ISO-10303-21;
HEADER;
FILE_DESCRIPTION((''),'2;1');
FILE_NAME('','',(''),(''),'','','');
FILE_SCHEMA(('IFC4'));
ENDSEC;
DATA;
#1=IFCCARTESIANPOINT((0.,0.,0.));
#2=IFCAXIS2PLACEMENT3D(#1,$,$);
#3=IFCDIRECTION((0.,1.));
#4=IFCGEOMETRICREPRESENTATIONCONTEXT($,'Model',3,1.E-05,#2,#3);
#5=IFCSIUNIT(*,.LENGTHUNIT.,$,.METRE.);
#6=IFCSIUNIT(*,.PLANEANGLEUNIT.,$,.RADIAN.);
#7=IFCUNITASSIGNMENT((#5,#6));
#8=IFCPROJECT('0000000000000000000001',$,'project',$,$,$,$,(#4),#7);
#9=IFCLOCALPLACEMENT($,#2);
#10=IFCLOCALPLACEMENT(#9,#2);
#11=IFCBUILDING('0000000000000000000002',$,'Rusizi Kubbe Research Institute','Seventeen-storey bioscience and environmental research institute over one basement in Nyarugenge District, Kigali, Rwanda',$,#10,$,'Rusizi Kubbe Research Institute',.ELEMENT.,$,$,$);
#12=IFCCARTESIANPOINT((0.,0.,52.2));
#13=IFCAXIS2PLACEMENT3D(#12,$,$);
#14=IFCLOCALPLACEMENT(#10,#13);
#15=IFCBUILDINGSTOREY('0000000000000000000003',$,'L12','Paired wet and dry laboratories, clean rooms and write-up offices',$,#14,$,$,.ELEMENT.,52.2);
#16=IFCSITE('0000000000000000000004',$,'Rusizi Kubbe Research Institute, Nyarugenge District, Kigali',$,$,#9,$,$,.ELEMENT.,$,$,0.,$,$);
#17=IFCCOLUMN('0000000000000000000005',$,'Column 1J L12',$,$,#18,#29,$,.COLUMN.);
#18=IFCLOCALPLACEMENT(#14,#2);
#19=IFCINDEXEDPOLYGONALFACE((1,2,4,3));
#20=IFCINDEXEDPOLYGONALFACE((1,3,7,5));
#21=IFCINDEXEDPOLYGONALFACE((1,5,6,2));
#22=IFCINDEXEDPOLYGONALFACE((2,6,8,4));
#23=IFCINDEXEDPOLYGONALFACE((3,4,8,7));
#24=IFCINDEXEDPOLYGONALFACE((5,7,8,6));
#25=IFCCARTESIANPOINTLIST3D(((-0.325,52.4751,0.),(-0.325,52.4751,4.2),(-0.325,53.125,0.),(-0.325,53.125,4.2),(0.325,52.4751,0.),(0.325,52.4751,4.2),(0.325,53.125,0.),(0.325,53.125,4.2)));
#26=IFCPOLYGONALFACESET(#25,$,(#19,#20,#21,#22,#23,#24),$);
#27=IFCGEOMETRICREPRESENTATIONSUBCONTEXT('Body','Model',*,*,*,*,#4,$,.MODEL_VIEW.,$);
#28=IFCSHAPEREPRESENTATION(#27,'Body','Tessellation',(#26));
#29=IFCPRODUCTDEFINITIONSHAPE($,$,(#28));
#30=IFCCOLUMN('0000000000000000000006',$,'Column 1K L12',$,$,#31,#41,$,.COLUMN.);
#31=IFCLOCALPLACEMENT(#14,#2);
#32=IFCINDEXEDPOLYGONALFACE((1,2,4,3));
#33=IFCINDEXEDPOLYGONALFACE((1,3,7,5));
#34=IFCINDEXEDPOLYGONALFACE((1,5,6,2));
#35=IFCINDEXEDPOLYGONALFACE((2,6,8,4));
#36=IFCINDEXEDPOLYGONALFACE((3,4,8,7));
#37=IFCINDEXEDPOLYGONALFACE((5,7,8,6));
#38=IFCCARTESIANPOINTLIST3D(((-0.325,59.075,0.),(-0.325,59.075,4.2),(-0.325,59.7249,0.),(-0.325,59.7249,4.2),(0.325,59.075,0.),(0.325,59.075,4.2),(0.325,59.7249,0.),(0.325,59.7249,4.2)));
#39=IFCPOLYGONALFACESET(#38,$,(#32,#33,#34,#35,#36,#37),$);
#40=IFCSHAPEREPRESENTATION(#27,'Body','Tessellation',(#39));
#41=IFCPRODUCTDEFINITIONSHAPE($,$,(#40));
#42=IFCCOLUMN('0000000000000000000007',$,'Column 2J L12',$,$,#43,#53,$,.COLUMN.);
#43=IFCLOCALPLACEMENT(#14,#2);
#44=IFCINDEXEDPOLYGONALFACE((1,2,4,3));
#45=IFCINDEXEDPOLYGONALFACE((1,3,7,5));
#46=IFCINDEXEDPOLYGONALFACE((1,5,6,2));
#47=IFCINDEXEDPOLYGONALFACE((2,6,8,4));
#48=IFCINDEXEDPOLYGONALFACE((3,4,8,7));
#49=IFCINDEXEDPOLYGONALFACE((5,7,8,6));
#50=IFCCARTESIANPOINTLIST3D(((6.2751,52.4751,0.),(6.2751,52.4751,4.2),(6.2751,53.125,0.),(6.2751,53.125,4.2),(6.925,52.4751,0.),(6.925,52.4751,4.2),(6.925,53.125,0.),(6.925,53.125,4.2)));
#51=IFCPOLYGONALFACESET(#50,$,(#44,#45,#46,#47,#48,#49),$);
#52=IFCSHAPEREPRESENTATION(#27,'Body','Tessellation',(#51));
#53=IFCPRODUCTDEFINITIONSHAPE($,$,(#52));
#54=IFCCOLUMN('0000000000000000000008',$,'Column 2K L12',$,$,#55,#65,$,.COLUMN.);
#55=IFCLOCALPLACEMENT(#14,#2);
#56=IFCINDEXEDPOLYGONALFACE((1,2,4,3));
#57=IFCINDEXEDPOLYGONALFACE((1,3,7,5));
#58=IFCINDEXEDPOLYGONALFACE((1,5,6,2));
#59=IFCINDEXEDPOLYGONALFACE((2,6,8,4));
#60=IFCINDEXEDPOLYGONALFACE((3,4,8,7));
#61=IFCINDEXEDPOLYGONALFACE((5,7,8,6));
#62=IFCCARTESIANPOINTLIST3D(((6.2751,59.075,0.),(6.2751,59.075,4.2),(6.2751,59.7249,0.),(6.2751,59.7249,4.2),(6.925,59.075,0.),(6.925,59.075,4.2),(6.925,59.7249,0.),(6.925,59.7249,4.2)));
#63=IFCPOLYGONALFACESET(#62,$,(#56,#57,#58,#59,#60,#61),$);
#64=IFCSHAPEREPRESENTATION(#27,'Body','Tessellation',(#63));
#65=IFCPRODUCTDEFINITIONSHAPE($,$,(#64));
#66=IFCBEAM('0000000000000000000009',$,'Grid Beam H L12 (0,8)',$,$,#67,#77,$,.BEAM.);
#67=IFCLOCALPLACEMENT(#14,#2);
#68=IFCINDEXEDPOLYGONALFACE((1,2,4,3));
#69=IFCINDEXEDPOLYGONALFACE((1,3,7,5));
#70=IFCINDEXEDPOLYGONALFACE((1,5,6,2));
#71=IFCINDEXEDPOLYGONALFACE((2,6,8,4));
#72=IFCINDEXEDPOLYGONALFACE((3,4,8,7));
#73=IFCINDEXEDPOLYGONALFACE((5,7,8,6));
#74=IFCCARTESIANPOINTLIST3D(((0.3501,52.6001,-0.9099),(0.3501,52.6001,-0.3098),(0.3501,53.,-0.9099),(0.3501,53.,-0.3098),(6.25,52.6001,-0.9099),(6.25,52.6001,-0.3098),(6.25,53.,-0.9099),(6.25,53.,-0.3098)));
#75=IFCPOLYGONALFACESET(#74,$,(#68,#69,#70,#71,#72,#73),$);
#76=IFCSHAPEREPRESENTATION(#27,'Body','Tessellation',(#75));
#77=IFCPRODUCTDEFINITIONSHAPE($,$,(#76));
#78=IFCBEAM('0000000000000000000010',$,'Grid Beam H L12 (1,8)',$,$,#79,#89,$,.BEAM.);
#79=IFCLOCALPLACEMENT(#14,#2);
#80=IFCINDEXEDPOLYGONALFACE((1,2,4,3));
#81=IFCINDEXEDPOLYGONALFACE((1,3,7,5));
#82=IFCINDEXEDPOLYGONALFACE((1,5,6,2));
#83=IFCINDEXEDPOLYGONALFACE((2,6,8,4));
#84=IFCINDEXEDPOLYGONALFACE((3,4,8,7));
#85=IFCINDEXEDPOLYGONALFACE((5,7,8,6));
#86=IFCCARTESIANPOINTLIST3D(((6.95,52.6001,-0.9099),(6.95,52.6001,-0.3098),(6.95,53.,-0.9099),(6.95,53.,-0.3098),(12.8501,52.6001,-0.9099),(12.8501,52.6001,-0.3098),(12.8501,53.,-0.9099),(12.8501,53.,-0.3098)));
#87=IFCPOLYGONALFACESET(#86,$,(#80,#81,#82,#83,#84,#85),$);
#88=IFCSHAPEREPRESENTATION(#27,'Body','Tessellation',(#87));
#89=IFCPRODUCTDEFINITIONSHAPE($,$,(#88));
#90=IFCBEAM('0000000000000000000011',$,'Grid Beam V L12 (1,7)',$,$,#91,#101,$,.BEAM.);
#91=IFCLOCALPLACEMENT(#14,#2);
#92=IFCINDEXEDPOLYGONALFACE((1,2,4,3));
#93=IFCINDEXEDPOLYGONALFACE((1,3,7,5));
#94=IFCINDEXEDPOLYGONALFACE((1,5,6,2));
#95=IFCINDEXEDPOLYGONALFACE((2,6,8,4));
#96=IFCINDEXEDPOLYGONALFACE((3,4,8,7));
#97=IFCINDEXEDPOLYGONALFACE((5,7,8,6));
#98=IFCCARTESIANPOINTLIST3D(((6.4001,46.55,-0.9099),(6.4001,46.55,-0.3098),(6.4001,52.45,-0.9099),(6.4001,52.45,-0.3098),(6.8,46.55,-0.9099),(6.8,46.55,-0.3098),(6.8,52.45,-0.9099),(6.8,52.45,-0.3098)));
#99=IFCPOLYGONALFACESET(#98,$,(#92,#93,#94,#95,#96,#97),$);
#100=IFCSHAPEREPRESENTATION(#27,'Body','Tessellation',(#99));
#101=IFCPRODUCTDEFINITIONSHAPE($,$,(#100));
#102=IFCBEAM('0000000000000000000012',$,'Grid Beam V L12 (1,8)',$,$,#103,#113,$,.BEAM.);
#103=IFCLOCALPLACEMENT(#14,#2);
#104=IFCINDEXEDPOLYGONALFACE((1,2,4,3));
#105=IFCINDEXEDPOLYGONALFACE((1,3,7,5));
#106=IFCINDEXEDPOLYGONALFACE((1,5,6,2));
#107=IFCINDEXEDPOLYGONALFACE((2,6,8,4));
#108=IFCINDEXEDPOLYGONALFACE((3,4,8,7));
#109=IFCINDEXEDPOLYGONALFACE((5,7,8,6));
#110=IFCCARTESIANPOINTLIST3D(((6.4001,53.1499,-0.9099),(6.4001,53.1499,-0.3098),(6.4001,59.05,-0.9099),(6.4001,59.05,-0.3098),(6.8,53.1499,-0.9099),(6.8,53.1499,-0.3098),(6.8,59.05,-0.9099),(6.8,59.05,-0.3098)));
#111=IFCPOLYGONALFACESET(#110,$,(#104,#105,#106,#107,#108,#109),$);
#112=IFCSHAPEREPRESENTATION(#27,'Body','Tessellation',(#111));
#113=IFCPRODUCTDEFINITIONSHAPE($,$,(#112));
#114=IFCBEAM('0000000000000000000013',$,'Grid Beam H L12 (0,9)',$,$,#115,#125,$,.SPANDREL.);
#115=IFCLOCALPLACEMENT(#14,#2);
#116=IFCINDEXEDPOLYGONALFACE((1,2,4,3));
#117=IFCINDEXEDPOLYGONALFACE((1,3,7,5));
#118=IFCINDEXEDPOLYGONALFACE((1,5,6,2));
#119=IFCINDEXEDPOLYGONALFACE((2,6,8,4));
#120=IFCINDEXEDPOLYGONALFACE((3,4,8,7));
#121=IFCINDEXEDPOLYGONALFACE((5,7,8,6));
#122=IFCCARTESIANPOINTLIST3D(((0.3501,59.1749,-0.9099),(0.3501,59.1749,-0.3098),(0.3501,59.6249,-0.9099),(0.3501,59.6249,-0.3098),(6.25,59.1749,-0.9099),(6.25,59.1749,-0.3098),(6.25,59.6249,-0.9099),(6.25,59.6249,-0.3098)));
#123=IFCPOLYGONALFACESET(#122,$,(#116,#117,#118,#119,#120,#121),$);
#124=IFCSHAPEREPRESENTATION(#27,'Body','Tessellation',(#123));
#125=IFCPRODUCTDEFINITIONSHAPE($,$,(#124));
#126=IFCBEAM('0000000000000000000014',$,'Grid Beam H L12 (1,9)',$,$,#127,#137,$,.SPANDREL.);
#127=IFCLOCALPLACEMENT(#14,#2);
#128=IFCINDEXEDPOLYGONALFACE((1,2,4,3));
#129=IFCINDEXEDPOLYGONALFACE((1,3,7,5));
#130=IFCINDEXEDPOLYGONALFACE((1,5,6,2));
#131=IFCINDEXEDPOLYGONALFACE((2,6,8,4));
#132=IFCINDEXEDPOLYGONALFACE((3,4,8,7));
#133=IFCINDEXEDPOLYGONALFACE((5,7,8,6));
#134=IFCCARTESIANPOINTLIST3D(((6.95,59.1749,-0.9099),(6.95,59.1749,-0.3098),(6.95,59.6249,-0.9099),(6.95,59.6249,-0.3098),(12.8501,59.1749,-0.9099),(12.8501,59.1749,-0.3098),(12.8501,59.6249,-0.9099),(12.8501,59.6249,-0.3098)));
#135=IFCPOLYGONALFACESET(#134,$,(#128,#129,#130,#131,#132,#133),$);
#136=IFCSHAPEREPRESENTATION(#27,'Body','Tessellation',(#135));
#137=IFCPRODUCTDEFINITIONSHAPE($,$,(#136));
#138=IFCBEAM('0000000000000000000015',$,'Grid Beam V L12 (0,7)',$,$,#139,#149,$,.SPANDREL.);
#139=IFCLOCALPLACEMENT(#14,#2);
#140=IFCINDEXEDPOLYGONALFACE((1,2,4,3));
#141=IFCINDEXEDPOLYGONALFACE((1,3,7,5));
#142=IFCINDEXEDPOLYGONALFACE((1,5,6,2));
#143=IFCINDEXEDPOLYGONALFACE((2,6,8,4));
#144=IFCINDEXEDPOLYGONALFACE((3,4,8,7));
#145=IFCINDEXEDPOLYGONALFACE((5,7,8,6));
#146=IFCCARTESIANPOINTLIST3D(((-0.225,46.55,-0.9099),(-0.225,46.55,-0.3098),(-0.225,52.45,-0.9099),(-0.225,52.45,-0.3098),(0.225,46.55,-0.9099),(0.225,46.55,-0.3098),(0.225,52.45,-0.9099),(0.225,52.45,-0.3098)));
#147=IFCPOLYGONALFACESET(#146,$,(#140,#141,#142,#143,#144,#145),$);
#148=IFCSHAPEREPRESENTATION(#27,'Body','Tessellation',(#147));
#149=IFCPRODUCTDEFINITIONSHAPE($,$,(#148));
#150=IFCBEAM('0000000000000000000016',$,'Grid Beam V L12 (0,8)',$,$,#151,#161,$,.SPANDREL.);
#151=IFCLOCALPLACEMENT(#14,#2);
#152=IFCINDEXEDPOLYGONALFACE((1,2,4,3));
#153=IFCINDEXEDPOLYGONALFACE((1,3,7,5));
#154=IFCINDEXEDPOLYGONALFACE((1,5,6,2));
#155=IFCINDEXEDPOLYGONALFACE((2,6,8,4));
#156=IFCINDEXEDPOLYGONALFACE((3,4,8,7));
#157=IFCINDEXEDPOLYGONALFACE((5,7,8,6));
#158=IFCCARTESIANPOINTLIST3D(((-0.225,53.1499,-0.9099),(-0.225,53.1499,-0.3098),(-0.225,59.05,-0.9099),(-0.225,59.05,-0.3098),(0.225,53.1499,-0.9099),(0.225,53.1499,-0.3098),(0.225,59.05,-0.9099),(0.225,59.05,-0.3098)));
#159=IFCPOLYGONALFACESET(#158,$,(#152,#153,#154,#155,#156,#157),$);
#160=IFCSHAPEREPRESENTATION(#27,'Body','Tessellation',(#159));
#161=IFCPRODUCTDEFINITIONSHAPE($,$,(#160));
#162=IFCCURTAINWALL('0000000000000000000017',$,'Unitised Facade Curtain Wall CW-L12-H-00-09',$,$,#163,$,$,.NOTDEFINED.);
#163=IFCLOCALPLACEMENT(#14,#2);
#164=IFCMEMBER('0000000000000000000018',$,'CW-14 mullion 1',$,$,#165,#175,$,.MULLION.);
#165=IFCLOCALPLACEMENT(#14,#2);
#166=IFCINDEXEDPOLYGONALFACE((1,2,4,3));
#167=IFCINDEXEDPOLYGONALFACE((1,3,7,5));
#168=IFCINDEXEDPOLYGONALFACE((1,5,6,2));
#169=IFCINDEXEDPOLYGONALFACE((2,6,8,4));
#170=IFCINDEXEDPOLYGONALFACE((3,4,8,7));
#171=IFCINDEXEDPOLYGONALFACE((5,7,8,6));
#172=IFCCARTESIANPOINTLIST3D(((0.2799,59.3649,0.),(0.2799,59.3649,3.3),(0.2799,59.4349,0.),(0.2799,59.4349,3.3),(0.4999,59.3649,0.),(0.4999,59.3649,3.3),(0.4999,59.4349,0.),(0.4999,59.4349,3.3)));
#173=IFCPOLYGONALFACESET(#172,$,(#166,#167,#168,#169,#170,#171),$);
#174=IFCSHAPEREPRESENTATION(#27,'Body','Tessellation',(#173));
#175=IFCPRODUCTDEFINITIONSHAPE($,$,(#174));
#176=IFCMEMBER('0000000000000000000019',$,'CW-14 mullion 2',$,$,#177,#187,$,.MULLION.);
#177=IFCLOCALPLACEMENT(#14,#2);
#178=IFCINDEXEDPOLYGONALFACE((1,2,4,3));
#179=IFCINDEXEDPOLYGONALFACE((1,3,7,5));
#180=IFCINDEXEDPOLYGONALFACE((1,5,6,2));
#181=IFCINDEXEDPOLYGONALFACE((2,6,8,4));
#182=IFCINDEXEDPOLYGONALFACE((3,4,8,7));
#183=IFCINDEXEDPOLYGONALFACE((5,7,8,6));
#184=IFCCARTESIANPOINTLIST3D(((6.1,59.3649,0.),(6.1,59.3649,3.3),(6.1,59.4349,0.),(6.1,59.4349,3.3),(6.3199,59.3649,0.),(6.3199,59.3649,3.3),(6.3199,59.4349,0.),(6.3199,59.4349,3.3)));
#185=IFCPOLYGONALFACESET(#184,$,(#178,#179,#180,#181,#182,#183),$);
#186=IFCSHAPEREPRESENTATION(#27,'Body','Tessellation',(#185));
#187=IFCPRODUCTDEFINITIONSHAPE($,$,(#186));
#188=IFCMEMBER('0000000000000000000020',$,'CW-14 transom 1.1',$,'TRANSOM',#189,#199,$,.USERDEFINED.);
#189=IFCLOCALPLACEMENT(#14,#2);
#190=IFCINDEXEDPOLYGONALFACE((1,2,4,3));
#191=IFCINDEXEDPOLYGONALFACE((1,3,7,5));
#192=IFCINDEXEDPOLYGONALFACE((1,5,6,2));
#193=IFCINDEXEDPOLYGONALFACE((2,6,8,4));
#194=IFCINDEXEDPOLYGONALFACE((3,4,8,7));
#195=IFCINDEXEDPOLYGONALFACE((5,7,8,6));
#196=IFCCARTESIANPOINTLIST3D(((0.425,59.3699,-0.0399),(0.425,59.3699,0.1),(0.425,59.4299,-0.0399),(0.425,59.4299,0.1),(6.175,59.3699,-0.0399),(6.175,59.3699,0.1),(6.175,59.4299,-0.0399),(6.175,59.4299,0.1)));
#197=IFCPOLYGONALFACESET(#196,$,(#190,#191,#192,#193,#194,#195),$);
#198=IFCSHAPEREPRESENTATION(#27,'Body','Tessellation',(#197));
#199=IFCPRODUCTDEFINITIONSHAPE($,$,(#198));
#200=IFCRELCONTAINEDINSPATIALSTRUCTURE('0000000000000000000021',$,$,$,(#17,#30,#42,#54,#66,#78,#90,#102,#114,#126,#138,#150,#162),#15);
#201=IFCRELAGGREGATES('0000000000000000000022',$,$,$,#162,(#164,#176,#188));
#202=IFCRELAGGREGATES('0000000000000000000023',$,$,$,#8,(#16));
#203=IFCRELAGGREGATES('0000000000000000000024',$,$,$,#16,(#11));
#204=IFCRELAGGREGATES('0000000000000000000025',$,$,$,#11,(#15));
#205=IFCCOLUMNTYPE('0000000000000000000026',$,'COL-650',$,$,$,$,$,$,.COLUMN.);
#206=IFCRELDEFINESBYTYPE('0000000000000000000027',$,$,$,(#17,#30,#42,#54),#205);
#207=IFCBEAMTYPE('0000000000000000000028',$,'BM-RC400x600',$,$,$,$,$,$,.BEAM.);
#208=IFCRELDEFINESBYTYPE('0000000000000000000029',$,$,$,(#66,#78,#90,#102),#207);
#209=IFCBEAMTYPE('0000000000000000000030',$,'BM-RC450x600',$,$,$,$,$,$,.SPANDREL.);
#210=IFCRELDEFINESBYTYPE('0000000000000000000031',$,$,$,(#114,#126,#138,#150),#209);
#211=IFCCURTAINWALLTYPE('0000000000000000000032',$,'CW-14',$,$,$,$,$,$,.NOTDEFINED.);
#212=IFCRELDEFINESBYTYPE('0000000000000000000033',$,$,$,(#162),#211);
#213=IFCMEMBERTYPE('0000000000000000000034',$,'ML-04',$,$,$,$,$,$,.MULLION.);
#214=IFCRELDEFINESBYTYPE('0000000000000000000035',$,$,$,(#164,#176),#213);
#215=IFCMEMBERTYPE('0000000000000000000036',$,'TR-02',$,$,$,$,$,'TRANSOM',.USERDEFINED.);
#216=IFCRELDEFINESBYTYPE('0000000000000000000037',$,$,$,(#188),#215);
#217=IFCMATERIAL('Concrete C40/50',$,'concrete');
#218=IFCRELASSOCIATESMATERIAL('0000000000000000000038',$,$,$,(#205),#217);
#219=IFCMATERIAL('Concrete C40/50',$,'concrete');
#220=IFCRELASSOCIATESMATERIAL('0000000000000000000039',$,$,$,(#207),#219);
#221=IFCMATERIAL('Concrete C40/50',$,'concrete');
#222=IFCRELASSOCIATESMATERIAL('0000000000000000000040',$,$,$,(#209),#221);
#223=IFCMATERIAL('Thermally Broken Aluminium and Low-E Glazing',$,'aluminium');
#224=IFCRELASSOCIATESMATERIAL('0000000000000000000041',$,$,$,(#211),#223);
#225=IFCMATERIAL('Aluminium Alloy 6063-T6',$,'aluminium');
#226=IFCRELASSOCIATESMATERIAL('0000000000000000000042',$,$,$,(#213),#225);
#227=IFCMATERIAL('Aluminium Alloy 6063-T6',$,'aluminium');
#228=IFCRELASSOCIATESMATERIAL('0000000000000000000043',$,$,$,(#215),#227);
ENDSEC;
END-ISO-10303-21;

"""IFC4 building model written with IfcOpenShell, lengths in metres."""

from ifc_helpers import new_model, si_unit, direction, frame, origin, origin_2d, place, context, subcontext, project, spatial, rectangle, extrude, material, material_profile, profile_set, type_object, element, aggregate, save


model = new_model("IFC4")

# Units and contexts
model_context = context("Model", 3, precision=1e-05, world=origin(), true_north=direction((0.0, 1.0)))
body_context = subcontext(model_context, "Body", "Model", "MODEL_VIEW")
ifc_project = project(units=[si_unit("LENGTHUNIT", "METRE"), si_unit("PLANEANGLEUNIT", "RADIAN")], contexts=[model_context])

# Site, building, storey
site_placement = place(None, origin())
site = spatial("IfcSite", under=ifc_project, at=site_placement, Name="Rusizi Kubbe Research Institute, Nyarugenge District, Kigali", CompositionType="ELEMENT", RefElevation=0.0)
building_placement = place(site_placement, origin())
building = spatial("IfcBuilding", under=site, at=building_placement, Name="Rusizi Kubbe Research Institute", Description="Seventeen-storey bioscience and environmental research institute over one basement in Nyarugenge District, Kigali, Rwanda", LongName="Rusizi Kubbe Research Institute", CompositionType="ELEMENT")
storey_placement = place(building_placement, frame((0.0, 0.0, 52.2)))
storey = spatial("IfcBuildingStorey", under=building, at=storey_placement, Name="L12", Description="Paired wet and dry laboratories, clean rooms and write-up offices", CompositionType="ELEMENT", Elevation=52.2)

# Columns
ifc_material_1 = material(Name="Concrete C40/50", Category="concrete")
ifc_material_profile_1 = material_profile(ifc_material_1, rectangle(XDim=0.6499, YDim=0.6499, at=origin_2d()), Name="RC650x650")
ifc_profile_set_1 = profile_set([ifc_material_profile_1], Name="Concrete C40/50")
column_type = type_object("IfcColumnType", Name="COL-650", PredefinedType="COLUMN", material=ifc_profile_set_1)
for number, where, z_axis, x_axis, name in (
    (1, (0.0, 52.8, 0.0), (0.0, 0.0, 1.0), (1.0, 0.0, 0.0), "Column 1J L12"),
    (2, (0.0, 59.3999, 0.0), (0.0, 0.0, 1.0), (1.0, 0.0, 0.0), "Column 1K L12"),
    (3, (6.6001, 52.8, 0.0), (0.0, 0.0, 1.0), (1.0, 0.0, 0.0), "Column 2J L12"),
    (4, (6.6001, 59.3999, 0.0), (0.0, 0.0, 1.0), (1.0, 0.0, 0.0), "Column 2K L12"),
):
    element("IfcColumn", number, at=place(storey_placement, frame(where, z_axis=z_axis, x_axis=x_axis)), inside=storey, type_object=column_type, Name=name, PredefinedType="COLUMN", context=body_context, shape_type="SweptSolid", body=[
        extrude(rectangle(XDim=0.6499, YDim=0.6499, at=origin_2d()), origin(), (0.0, 0.0, 1.0), 4.2),
    ])

# Beams
ifc_material_2 = material(Name="Concrete C40/50", Category="concrete")
ifc_material_profile_2 = material_profile(ifc_material_2, rectangle(XDim=0.3999, YDim=0.6001, at=origin_2d()), Name="RC400x600")
ifc_profile_set_2 = profile_set([ifc_material_profile_2], Name="Concrete C40/50")
beam_type_1 = type_object("IfcBeamType", Name="BM-RC400x600", PredefinedType="BEAM", material=ifc_profile_set_2)
beam_1_placement = place(storey_placement, frame((0.3501, 52.8, -0.6099), z_axis=(1.0, 0.0, 0.0), x_axis=(0.0, 1.0, 0.0)))
element("IfcBeam", 5, at=beam_1_placement, inside=storey, type_object=beam_type_1, Name="Grid Beam H L12 (0,8)", PredefinedType="BEAM", context=body_context, shape_type="SweptSolid", body=[
    extrude(rectangle(XDim=0.3999, YDim=0.6001, at=origin_2d()), origin(), (0.0, 0.0, 1.0), 5.8999),
])
beam_2_placement = place(storey_placement, frame((6.95, 52.8, -0.6099), z_axis=(1.0, 0.0, 0.0), x_axis=(0.0, 1.0, 0.0)))
element("IfcBeam", 6, at=beam_2_placement, inside=storey, type_object=beam_type_1, Name="Grid Beam H L12 (1,8)", PredefinedType="BEAM", context=body_context, shape_type="SweptSolid", body=[
    extrude(rectangle(XDim=0.3999, YDim=0.6001, at=origin_2d()), origin(), (0.0, 0.0, 1.0), 5.9001),
])
beam_3_placement = place(storey_placement, frame((6.6001, 46.55, -0.6099), z_axis=(0.0, 1.0, 0.0), x_axis=(-1.0, 0.0, 0.0)))
element("IfcBeam", 7, at=beam_3_placement, inside=storey, type_object=beam_type_1, Name="Grid Beam V L12 (1,7)", PredefinedType="BEAM", context=body_context, shape_type="SweptSolid", body=[
    extrude(rectangle(XDim=0.3999, YDim=0.6001, at=origin_2d()), origin(), (0.0, 0.0, 1.0), 5.8999),
])
beam_4_placement = place(storey_placement, frame((6.6001, 53.1499, -0.6099), z_axis=(0.0, 1.0, 0.0), x_axis=(-1.0, 0.0, 0.0)))
element("IfcBeam", 8, at=beam_4_placement, inside=storey, type_object=beam_type_1, Name="Grid Beam V L12 (1,8)", PredefinedType="BEAM", context=body_context, shape_type="SweptSolid", body=[
    extrude(rectangle(XDim=0.3999, YDim=0.6001, at=origin_2d()), origin(), (0.0, 0.0, 1.0), 5.9001),
])
ifc_material_3 = material(Name="Concrete C40/50", Category="concrete")
ifc_material_profile_3 = material_profile(ifc_material_3, rectangle(XDim=0.45, YDim=0.6001, at=origin_2d()), Name="RC450x600")
ifc_profile_set_3 = profile_set([ifc_material_profile_3], Name="Concrete C40/50")
beam_type_2 = type_object("IfcBeamType", Name="BM-RC450x600", PredefinedType="SPANDREL", material=ifc_profile_set_3)
beam_5_placement = place(storey_placement, frame((0.3501, 59.3999, -0.6099), z_axis=(1.0, 0.0, 0.0), x_axis=(0.0, 1.0, 0.0)))
element("IfcBeam", 9, at=beam_5_placement, inside=storey, type_object=beam_type_2, Name="Grid Beam H L12 (0,9)", PredefinedType="SPANDREL", context=body_context, shape_type="SweptSolid", body=[
    extrude(rectangle(XDim=0.45, YDim=0.6001, at=origin_2d()), origin(), (0.0, 0.0, 1.0), 5.8999),
])
beam_6_placement = place(storey_placement, frame((6.95, 59.3999, -0.6099), z_axis=(1.0, 0.0, 0.0), x_axis=(0.0, 1.0, 0.0)))
element("IfcBeam", 10, at=beam_6_placement, inside=storey, type_object=beam_type_2, Name="Grid Beam H L12 (1,9)", PredefinedType="SPANDREL", context=body_context, shape_type="SweptSolid", body=[
    extrude(rectangle(XDim=0.45, YDim=0.6001, at=origin_2d()), origin(), (0.0, 0.0, 1.0), 5.9001),
])
beam_7_placement = place(storey_placement, frame((0.0, 46.55, -0.6099), z_axis=(0.0, 1.0, 0.0), x_axis=(-1.0, 0.0, 0.0)))
element("IfcBeam", 11, at=beam_7_placement, inside=storey, type_object=beam_type_2, Name="Grid Beam V L12 (0,7)", PredefinedType="SPANDREL", context=body_context, shape_type="SweptSolid", body=[
    extrude(rectangle(XDim=0.45, YDim=0.6001, at=origin_2d()), origin(), (0.0, 0.0, 1.0), 5.8999),
])
beam_8_placement = place(storey_placement, frame((0.0, 53.1499, -0.6099), z_axis=(0.0, 1.0, 0.0), x_axis=(-1.0, 0.0, 0.0)))
element("IfcBeam", 12, at=beam_8_placement, inside=storey, type_object=beam_type_2, Name="Grid Beam V L12 (0,8)", PredefinedType="SPANDREL", context=body_context, shape_type="SweptSolid", body=[
    extrude(rectangle(XDim=0.45, YDim=0.6001, at=origin_2d()), origin(), (0.0, 0.0, 1.0), 5.9001),
])

# Curtain wall, members
ifc_material_4 = material(Name="Thermally Broken Aluminium and Low-E Glazing", Category="aluminium")
curtain_wall_type = type_object("IfcCurtainWallType", Name="CW-14", PredefinedType="NOTDEFINED", material=ifc_material_4)
curtain_wall_placement = place(storey_placement, origin())
curtain_wall = element("IfcCurtainWall", 13, at=curtain_wall_placement, inside=storey, type_object=curtain_wall_type, Name="Unitised Facade Curtain Wall CW-L12-H-00-09", PredefinedType="NOTDEFINED")
ifc_material_5 = material(Name="Aluminium Alloy 6063-T6", Category="aluminium")
ifc_material_profile_4 = material_profile(ifc_material_5, rectangle(XDim=0.0701, YDim=0.22, at=origin_2d()), Name="ALU-M 70x220")
ifc_profile_set_4 = profile_set([ifc_material_profile_4], Name="Aluminium Alloy 6063-T6")
member_type_1 = type_object("IfcMemberType", Name="ML-04", PredefinedType="MULLION", material=ifc_profile_set_4)
member_1_placement = place(storey_placement, frame((0.3899, 59.3999, 0.0), z_axis=(0.0, 0.0, 1.0), x_axis=(0.0, 1.0, 0.0)))
member_1 = element("IfcMember", 14, at=member_1_placement, type_object=member_type_1, Name="CW-14 mullion 1", PredefinedType="MULLION", context=body_context, shape_type="SweptSolid", body=[
    extrude(rectangle(XDim=0.0701, YDim=0.22, at=origin_2d()), origin(), (0.0, 0.0, 1.0), 3.3),
])
member_2_placement = place(storey_placement, frame((6.21, 59.3999, 0.0), z_axis=(0.0, 0.0, 1.0), x_axis=(0.0, 1.0, 0.0)))
member_2 = element("IfcMember", 15, at=member_2_placement, type_object=member_type_1, Name="CW-14 mullion 2", PredefinedType="MULLION", context=body_context, shape_type="SweptSolid", body=[
    extrude(rectangle(XDim=0.0701, YDim=0.22, at=origin_2d()), origin(), (0.0, 0.0, 1.0), 3.3),
])
ifc_material_6 = material(Name="Aluminium Alloy 6063-T6", Category="aluminium")
ifc_material_profile_5 = material_profile(ifc_material_6, rectangle(XDim=0.0601, YDim=0.1399, at=origin_2d()), Name="ALU-T 60x140")
ifc_profile_set_5 = profile_set([ifc_material_profile_5], Name="Aluminium Alloy 6063-T6")
member_type_2 = type_object("IfcMemberType", Name="TR-02", ElementType="TRANSOM", PredefinedType="USERDEFINED", material=ifc_profile_set_5)
member_3_placement = place(storey_placement, frame((0.425, 59.3999, 0.03), z_axis=(1.0, 0.0, 0.0), x_axis=(0.0, 1.0, 0.0)))
member_3 = element("IfcMember", 16, at=member_3_placement, type_object=member_type_2, Name="CW-14 transom 1.1", ObjectType="TRANSOM", PredefinedType="USERDEFINED", context=body_context, shape_type="SweptSolid", body=[
    extrude(rectangle(XDim=0.0601, YDim=0.1399, at=origin_2d()), origin(), (0.0, 0.0, 1.0), 5.75),
])
aggregate(curtain_wall, [member_1, member_2, member_3])

save(model, "model.ifc")
